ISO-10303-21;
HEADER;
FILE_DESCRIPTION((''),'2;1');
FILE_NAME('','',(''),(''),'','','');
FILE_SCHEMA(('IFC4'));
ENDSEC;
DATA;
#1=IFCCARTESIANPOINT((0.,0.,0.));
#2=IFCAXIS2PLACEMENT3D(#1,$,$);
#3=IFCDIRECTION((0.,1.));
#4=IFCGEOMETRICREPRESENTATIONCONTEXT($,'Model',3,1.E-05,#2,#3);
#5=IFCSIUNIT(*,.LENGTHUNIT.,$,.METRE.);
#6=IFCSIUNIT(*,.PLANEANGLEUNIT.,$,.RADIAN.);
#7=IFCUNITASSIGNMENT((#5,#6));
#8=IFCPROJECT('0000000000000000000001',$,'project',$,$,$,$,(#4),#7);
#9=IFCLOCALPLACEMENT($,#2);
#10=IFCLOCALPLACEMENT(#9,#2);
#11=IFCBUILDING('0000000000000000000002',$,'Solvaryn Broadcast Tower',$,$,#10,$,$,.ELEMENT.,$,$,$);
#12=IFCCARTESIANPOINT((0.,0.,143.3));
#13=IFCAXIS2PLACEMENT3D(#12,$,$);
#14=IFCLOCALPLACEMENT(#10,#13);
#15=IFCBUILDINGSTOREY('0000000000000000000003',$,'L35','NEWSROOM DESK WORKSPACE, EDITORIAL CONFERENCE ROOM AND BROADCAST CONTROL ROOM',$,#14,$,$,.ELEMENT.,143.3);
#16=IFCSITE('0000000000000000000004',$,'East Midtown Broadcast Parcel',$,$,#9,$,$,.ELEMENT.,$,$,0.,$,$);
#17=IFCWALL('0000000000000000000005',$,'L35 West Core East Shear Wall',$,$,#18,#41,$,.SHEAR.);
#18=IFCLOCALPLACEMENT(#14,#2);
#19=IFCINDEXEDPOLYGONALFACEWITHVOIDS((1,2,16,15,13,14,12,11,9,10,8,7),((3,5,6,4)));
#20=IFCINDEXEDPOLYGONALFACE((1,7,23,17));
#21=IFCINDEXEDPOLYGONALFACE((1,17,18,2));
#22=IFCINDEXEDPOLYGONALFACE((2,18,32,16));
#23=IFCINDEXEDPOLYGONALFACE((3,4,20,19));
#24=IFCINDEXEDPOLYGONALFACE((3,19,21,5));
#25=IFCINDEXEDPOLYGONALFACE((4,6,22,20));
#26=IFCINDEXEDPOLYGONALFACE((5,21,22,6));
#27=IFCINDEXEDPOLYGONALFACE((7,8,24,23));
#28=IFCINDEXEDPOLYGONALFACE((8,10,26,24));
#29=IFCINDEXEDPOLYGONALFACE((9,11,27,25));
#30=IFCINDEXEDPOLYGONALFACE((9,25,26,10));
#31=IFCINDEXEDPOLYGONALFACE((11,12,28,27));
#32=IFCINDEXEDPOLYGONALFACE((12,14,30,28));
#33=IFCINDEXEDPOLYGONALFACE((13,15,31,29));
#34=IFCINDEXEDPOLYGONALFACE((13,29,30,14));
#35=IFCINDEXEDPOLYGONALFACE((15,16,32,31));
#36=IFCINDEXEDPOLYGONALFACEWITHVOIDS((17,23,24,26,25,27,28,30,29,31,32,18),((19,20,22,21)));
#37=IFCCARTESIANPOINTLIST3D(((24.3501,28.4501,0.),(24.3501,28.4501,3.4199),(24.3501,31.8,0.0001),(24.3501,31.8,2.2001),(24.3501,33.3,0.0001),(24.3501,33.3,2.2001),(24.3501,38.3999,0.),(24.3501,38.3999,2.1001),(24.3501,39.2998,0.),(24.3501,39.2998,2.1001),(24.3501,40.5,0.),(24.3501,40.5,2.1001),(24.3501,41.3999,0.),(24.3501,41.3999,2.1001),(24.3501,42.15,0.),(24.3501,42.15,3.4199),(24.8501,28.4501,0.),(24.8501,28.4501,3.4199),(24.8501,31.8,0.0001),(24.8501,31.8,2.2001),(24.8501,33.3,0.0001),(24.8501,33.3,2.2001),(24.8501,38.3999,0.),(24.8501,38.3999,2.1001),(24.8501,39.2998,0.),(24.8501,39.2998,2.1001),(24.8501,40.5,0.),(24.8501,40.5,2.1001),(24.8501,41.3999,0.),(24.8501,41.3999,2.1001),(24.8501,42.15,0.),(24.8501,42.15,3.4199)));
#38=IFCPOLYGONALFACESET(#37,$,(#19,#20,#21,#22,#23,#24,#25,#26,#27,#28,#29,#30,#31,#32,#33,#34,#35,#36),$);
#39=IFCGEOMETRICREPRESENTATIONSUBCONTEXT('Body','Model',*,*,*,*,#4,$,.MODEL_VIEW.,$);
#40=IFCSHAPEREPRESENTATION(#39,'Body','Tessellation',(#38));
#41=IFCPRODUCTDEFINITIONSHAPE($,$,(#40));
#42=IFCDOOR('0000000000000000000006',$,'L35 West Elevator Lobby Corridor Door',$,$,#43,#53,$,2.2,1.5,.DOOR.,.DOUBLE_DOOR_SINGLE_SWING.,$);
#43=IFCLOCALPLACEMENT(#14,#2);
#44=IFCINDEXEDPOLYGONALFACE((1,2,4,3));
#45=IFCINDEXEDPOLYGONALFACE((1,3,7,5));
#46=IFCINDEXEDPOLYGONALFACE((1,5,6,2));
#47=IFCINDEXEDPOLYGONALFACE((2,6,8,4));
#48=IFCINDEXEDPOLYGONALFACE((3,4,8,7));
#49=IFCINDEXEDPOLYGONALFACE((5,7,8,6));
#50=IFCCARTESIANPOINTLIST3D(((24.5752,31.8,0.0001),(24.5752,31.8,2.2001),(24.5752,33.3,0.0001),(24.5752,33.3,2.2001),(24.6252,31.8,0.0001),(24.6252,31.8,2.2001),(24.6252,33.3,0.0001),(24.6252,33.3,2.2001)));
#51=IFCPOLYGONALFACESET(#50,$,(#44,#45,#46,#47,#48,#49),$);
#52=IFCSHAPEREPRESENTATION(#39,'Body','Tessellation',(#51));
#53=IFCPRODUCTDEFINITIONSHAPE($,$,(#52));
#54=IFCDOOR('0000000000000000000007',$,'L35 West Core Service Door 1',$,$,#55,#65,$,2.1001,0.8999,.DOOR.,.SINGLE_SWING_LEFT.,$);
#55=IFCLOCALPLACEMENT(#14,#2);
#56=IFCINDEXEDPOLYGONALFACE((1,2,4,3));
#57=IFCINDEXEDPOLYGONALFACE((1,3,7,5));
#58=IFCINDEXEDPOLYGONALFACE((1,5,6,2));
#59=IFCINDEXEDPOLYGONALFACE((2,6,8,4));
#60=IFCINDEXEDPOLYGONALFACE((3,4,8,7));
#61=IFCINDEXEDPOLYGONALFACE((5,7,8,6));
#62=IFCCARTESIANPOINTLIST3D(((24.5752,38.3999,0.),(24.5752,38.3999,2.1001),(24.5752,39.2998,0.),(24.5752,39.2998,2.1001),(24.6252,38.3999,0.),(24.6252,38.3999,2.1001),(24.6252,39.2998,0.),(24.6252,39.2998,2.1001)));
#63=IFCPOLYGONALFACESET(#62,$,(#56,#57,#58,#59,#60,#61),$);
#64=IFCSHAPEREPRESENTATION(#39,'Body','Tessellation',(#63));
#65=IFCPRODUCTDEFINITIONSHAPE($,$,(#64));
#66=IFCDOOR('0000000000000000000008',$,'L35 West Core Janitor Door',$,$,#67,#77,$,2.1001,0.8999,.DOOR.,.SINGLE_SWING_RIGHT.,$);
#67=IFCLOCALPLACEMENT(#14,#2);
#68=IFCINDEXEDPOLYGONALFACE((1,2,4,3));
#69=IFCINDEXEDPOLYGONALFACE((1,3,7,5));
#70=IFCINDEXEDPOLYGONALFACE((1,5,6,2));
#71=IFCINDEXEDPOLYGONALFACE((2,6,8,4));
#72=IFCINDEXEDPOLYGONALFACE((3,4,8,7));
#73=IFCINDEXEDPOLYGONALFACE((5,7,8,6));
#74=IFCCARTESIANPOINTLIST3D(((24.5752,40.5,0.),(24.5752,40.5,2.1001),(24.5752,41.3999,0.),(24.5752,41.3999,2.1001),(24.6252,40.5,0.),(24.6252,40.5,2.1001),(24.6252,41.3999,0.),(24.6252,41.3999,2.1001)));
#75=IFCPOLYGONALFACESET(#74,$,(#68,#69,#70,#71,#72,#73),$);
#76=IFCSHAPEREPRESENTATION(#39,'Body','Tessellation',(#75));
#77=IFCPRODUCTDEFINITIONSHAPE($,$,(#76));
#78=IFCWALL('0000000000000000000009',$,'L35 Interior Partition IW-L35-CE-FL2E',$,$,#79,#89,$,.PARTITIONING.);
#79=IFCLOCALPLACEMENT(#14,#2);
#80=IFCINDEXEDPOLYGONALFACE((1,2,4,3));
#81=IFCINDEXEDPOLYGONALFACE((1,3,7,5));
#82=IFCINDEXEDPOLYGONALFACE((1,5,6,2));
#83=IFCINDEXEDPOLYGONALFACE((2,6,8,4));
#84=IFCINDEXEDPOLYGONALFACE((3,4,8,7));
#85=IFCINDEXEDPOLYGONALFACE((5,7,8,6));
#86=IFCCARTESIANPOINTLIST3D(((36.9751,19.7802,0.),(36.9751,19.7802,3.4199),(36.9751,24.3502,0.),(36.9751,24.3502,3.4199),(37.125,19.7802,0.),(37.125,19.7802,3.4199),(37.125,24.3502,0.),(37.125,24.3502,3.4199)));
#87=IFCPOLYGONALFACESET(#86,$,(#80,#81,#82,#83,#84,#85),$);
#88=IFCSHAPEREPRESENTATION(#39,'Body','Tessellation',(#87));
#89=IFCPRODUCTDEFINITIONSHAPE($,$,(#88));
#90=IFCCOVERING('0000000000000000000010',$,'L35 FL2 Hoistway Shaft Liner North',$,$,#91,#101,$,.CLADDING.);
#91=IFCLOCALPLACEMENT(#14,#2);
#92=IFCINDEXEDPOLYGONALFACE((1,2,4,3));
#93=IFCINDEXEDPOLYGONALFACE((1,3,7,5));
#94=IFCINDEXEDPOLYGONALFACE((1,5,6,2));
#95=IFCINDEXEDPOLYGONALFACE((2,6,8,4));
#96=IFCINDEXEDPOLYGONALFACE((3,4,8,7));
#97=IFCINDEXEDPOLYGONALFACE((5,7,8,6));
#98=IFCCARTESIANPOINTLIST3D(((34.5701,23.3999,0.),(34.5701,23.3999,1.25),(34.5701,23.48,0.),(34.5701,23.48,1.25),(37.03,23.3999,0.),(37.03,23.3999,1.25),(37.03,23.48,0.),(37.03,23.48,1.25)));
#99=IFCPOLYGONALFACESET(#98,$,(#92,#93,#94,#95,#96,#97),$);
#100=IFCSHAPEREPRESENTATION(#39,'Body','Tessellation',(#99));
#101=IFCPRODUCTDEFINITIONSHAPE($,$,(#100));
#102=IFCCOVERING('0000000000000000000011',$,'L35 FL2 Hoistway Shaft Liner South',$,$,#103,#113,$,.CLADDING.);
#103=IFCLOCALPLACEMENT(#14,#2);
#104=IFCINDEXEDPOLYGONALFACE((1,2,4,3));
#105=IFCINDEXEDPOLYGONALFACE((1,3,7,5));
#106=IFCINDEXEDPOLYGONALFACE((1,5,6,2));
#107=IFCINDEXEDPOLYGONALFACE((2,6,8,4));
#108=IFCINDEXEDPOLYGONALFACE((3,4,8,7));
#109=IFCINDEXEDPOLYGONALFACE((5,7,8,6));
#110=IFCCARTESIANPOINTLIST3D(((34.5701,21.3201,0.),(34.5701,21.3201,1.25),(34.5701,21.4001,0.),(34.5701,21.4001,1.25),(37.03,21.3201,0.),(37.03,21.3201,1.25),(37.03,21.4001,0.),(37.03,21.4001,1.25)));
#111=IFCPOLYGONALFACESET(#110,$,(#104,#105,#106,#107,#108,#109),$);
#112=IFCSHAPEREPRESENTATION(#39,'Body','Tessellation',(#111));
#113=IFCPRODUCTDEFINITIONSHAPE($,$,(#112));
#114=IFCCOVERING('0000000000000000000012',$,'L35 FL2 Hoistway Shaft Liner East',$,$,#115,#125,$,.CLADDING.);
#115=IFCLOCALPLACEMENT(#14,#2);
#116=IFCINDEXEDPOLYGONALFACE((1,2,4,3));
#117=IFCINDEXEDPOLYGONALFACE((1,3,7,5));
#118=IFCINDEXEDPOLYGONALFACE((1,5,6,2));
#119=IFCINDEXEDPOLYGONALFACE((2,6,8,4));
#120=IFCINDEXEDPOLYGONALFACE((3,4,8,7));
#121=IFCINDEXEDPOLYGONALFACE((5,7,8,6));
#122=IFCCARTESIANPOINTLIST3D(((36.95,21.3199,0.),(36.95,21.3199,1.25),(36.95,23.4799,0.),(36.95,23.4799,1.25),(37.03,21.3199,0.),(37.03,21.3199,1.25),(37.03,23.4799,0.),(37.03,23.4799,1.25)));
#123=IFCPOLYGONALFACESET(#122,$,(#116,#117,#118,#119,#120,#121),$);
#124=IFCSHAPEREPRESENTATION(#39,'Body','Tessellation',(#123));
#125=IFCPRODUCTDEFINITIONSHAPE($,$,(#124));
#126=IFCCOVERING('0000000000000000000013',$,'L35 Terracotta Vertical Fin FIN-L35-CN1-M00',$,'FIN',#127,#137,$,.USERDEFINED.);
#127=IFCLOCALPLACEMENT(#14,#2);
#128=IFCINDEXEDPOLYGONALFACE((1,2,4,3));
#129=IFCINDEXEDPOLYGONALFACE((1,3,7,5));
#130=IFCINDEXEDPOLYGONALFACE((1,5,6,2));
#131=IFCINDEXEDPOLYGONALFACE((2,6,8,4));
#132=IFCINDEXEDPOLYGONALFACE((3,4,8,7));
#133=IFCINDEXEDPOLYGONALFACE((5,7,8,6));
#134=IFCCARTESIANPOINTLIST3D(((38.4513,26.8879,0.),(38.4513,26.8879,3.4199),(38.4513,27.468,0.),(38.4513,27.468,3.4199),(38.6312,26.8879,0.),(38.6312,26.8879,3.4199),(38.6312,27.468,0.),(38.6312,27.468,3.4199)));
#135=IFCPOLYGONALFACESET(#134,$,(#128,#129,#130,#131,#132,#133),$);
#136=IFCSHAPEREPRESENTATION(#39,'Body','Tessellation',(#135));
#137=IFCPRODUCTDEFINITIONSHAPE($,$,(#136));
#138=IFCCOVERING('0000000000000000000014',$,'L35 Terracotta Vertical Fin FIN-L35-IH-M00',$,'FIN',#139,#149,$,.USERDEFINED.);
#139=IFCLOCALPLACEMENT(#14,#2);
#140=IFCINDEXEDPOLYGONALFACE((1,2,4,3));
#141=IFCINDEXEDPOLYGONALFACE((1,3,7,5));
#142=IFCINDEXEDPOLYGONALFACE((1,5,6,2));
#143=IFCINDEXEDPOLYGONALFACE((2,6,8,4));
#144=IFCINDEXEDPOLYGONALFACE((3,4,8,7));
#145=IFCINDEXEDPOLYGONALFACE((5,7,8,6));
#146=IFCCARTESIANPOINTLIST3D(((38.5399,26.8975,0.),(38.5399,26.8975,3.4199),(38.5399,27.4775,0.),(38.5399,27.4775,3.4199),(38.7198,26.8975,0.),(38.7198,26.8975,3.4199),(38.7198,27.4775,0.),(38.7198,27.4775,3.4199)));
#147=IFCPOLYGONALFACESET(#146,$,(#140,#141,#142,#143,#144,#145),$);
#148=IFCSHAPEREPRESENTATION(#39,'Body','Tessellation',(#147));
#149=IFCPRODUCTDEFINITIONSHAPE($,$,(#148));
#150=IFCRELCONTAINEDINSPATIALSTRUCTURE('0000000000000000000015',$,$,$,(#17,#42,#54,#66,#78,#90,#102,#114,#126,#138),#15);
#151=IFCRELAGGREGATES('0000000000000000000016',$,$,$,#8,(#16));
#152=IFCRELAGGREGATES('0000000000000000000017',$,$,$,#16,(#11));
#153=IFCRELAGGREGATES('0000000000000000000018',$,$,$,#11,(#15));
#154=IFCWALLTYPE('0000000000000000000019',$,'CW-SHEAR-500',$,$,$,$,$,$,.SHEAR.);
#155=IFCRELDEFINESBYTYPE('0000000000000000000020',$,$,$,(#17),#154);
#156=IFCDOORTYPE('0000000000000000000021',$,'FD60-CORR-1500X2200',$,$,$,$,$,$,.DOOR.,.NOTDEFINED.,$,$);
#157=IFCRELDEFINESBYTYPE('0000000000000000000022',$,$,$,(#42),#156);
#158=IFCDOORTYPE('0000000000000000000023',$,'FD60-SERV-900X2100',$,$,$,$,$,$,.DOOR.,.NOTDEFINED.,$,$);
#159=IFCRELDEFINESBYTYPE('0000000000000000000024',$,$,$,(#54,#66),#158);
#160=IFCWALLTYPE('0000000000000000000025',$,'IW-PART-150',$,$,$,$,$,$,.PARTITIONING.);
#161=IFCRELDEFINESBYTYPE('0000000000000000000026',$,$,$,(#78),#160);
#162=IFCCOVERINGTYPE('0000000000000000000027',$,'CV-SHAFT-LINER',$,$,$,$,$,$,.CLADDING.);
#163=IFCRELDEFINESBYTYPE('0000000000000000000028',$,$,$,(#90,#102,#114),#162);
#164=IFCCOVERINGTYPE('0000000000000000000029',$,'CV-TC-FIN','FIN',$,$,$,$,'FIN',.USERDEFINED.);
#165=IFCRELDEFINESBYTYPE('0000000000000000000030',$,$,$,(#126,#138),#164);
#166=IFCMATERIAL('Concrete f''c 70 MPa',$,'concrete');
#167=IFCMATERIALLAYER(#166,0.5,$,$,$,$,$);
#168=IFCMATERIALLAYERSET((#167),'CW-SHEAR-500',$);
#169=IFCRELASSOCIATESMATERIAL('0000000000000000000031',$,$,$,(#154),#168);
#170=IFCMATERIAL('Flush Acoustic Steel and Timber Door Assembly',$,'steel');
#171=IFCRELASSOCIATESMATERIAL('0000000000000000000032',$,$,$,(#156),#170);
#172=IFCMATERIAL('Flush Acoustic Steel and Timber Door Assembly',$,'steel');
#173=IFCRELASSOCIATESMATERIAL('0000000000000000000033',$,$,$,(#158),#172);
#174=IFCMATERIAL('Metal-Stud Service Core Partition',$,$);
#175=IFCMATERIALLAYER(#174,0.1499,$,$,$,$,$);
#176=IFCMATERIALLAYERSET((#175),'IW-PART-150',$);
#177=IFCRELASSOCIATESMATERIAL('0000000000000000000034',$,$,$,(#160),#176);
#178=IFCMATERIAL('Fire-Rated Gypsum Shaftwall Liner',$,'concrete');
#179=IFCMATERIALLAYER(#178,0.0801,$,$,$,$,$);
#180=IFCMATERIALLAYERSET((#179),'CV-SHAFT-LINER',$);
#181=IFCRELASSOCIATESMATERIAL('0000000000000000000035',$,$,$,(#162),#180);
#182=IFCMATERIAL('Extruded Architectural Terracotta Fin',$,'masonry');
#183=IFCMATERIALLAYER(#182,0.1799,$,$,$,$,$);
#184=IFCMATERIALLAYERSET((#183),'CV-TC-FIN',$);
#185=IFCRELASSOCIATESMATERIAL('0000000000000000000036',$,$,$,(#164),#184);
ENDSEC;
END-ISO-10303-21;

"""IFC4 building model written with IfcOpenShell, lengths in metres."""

from ifc_helpers import new_model, si_unit, direction, frame, frame_2d, origin, origin_2d, place, context, subcontext, project, spatial, rectangle, extrude, material, layer, layer_set, type_object, element, fill, save


model = new_model("IFC4")

# Units and contexts
model_context = context("Model", 3, precision=1e-05, world=origin(), true_north=direction((0.0, 1.0)))
body_context = subcontext(model_context, "Body", "Model", "MODEL_VIEW")
ifc_project = project(units=[si_unit("LENGTHUNIT", "METRE"), si_unit("PLANEANGLEUNIT", "RADIAN")], contexts=[model_context])

# Site, building, storey
site_placement = place(None, origin())
site = spatial("IfcSite", under=ifc_project, at=site_placement, Name="East Midtown Broadcast Parcel", CompositionType="ELEMENT", RefElevation=0.0)
building_placement = place(site_placement, origin())
building = spatial("IfcBuilding", under=site, at=building_placement, Name="Solvaryn Broadcast Tower", CompositionType="ELEMENT")
storey_placement = place(building_placement, frame((0.0, 0.0, 143.3)))
storey = spatial("IfcBuildingStorey", under=building, at=storey_placement, Name="L35", Description="NEWSROOM DESK WORKSPACE, EDITORIAL CONFERENCE ROOM AND BROADCAST CONTROL ROOM", CompositionType="ELEMENT", Elevation=143.3)

# Wall, openings, doors
ifc_material_1 = material(Name="Concrete f'c 70 MPa", Category="concrete")
ifc_layer_1 = layer(ifc_material_1, 0.5)
ifc_layer_set_1 = layer_set([ifc_layer_1], Name="CW-SHEAR-500")
wall_type_1 = type_object("IfcWallType", Name="CW-SHEAR-500", PredefinedType="SHEAR", material=ifc_layer_set_1)
wall_1_placement = place(storey_placement, frame((24.6001, 28.45, 0.0), z_axis=(0.0, 0.0, 1.0), x_axis=(0.0, 1.0, 0.0)))
wall_1 = element("IfcWall", 1, at=wall_1_placement, inside=storey, type_object=wall_type_1, Name="L35 West Core East Shear Wall", PredefinedType="SHEAR", context=body_context, shape_type="SweptSolid", body=[
    extrude(rectangle(XDim=13.7, YDim=0.5, at=frame_2d((6.8501, 0.0))), origin(), (0.0, 0.0, 1.0), 3.4199),
])
opening_1_placement = place(wall_1_placement, frame((3.3501, 0.0, 0.0)))
opening_1 = element("IfcOpeningElement", 2, at=opening_1_placement, cuts=wall_1, PredefinedType="OPENING", context=body_context, shape_type="SweptSolid", body=[
    extrude(rectangle(XDim=1.5, YDim=2.2, at=frame_2d((0.75, 1.1001))), frame((0.0, 0.26, 0.0), z_axis=(0.0, -1.0, 0.0), x_axis=(1.0, 0.0, 0.0)), (0.0, 0.0, 1.0), 0.52),
])
opening_2_placement = place(wall_1_placement, frame((9.95, 0.0, 0.0)))
opening_2 = element("IfcOpeningElement", 3, at=opening_2_placement, cuts=wall_1, PredefinedType="OPENING", context=body_context, shape_type="SweptSolid", body=[
    extrude(rectangle(XDim=0.8999, YDim=2.1001, at=frame_2d((0.45, 1.05))), frame((0.0, 0.26, 0.0), z_axis=(0.0, -1.0, 0.0), x_axis=(1.0, 0.0, 0.0)), (0.0, 0.0, 1.0), 0.52),
])
opening_3_placement = place(wall_1_placement, frame((12.05, 0.0, 0.0)))
opening_3 = element("IfcOpeningElement", 4, at=opening_3_placement, cuts=wall_1, PredefinedType="OPENING", context=body_context, shape_type="SweptSolid", body=[
    extrude(rectangle(XDim=0.8999, YDim=2.1001, at=frame_2d((0.45, 1.05))), frame((0.0, 0.26, 0.0), z_axis=(0.0, -1.0, 0.0), x_axis=(1.0, 0.0, 0.0)), (0.0, 0.0, 1.0), 0.52),
])
ifc_material_2 = material(Name="Flush Acoustic Steel and Timber Door Assembly", Category="steel")
door_type_1 = type_object("IfcDoorType", Name="FD60-CORR-1500X2200", OperationType="NOTDEFINED", PredefinedType="DOOR", material=ifc_material_2)
door_1_placement = place(opening_1_placement, origin())
door_1 = element("IfcDoor", 5, at=door_1_placement, inside=storey, type_object=door_type_1, Name="L35 West Elevator Lobby Corridor Door", OperationType="DOUBLE_DOOR_SINGLE_SWING", OverallHeight=2.2, OverallWidth=1.5, PredefinedType="DOOR", context=body_context, shape_type="SweptSolid", body=[
    extrude(rectangle(XDim=1.5, YDim=2.2, at=frame_2d((0.75, 1.1001))), frame((0.0, 0.0249, 0.0), z_axis=(0.0, -1.0, 0.0), x_axis=(1.0, 0.0, 0.0)), (0.0, 0.0, 1.0), 0.05),
])
fill(opening_1, door_1)
ifc_material_3 = material(Name="Flush Acoustic Steel and Timber Door Assembly", Category="steel")
door_type_2 = type_object("IfcDoorType", Name="FD60-SERV-900X2100", OperationType="NOTDEFINED", PredefinedType="DOOR", material=ifc_material_3)
door_2_placement = place(opening_2_placement, origin())
door_2 = element("IfcDoor", 6, at=door_2_placement, inside=storey, type_object=door_type_2, Name="L35 West Core Service Door 1", OperationType="SINGLE_SWING_LEFT", OverallHeight=2.1001, OverallWidth=0.8999, PredefinedType="DOOR", context=body_context, shape_type="SweptSolid", body=[
    extrude(rectangle(XDim=0.8999, YDim=2.1001, at=frame_2d((0.45, 1.05))), frame((0.0, 0.0249, 0.0), z_axis=(0.0, -1.0, 0.0), x_axis=(1.0, 0.0, 0.0)), (0.0, 0.0, 1.0), 0.05),
])
fill(opening_2, door_2)
door_3_placement = place(opening_3_placement, origin())
door_3 = element("IfcDoor", 7, at=door_3_placement, inside=storey, type_object=door_type_2, Name="L35 West Core Janitor Door", OperationType="SINGLE_SWING_RIGHT", OverallHeight=2.1001, OverallWidth=0.8999, PredefinedType="DOOR", context=body_context, shape_type="SweptSolid", body=[
    extrude(rectangle(XDim=0.8999, YDim=2.1001, at=frame_2d((0.45, 1.05))), frame((0.0, 0.0249, 0.0), z_axis=(0.0, -1.0, 0.0), x_axis=(1.0, 0.0, 0.0)), (0.0, 0.0, 1.0), 0.05),
])
fill(opening_3, door_3)

# Wall
ifc_material_4 = material(Name="Metal-Stud Service Core Partition")
ifc_layer_2 = layer(ifc_material_4, 0.1499)
ifc_layer_set_2 = layer_set([ifc_layer_2], Name="IW-PART-150")
wall_type_2 = type_object("IfcWallType", Name="IW-PART-150", PredefinedType="PARTITIONING", material=ifc_layer_set_2)
wall_2_placement = place(storey_placement, frame((37.05, 19.78, 0.0), z_axis=(0.0, 0.0, 1.0), x_axis=(0.0, 1.0, 0.0)))
element("IfcWall", 8, at=wall_2_placement, inside=storey, type_object=wall_type_2, Name="L35 Interior Partition IW-L35-CE-FL2E", PredefinedType="PARTITIONING", context=body_context, shape_type="SweptSolid", body=[
    extrude(rectangle(XDim=4.5701, YDim=0.1499, at=frame_2d((2.2852, 0.0))), origin(), (0.0, 0.0, 1.0), 3.4199),
])

# Coverings
ifc_material_5 = material(Name="Fire-Rated Gypsum Shaftwall Liner", Category="concrete")
ifc_layer_3 = layer(ifc_material_5, 0.0801)
ifc_layer_set_3 = layer_set([ifc_layer_3], Name="CV-SHAFT-LINER")
covering_type_1 = type_object("IfcCoveringType", Name="CV-SHAFT-LINER", PredefinedType="CLADDING", material=ifc_layer_set_3)
for number, where, z_axis, x_axis, name in (
    (9, (35.8, 23.4399, 0.0), (0.0, 0.0, 1.0), (1.0, 0.0, 0.0), "L35 FL2 Hoistway Shaft Liner North"),
    (10, (35.8, 21.3601, 0.0), (0.0, 0.0, 1.0), (1.0, 0.0, 0.0), "L35 FL2 Hoistway Shaft Liner South"),
):
    element("IfcCovering", number, at=place(storey_placement, frame(where, z_axis=z_axis, x_axis=x_axis)), inside=storey, type_object=covering_type_1, Name=name, PredefinedType="CLADDING", context=body_context, shape_type="SweptSolid", body=[
        extrude(rectangle(XDim=2.46, YDim=0.0801, at=origin_2d()), origin(), (0.0, 0.0, 1.0), 1.25),
    ])
covering_placement = place(storey_placement, frame((36.99, 22.3999, 0.0), z_axis=(0.0, 0.0, 1.0), x_axis=(1.0, 0.0, 0.0)))
element("IfcCovering", 11, at=covering_placement, inside=storey, type_object=covering_type_1, Name="L35 FL2 Hoistway Shaft Liner East", PredefinedType="CLADDING", context=body_context, shape_type="SweptSolid", body=[
    extrude(rectangle(XDim=0.0801, YDim=2.1599, at=origin_2d()), origin(), (0.0, 0.0, 1.0), 1.25),
])
ifc_material_6 = material(Name="Extruded Architectural Terracotta Fin", Category="masonry")
ifc_layer_4 = layer(ifc_material_6, 0.1799)
ifc_layer_set_4 = layer_set([ifc_layer_4], Name="CV-TC-FIN")
covering_type_2 = type_object("IfcCoveringType", Name="CV-TC-FIN", Description="FIN", ElementType="FIN", PredefinedType="USERDEFINED", material=ifc_layer_set_4)
for number, where, z_axis, x_axis, name in (
    (12, (38.5413, 27.178, 0.0), (0.0, 0.0, 1.0), (1.0, 0.0, 0.0), "L35 Terracotta Vertical Fin FIN-L35-CN1-M00"),
    (13, (38.6299, 27.1875, 0.0), (0.0, 0.0, 1.0), (1.0, 0.0, 0.0), "L35 Terracotta Vertical Fin FIN-L35-IH-M00"),
):
    element("IfcCovering", number, at=place(storey_placement, frame(where, z_axis=z_axis, x_axis=x_axis)), inside=storey, type_object=covering_type_2, Name=name, ObjectType="FIN", PredefinedType="USERDEFINED", context=body_context, shape_type="SweptSolid", body=[
        extrude(rectangle(XDim=0.1799, YDim=0.5801, at=origin_2d()), origin(), (0.0, 0.0, 1.0), 3.4199),
    ])

save(model, "model.ifc")
